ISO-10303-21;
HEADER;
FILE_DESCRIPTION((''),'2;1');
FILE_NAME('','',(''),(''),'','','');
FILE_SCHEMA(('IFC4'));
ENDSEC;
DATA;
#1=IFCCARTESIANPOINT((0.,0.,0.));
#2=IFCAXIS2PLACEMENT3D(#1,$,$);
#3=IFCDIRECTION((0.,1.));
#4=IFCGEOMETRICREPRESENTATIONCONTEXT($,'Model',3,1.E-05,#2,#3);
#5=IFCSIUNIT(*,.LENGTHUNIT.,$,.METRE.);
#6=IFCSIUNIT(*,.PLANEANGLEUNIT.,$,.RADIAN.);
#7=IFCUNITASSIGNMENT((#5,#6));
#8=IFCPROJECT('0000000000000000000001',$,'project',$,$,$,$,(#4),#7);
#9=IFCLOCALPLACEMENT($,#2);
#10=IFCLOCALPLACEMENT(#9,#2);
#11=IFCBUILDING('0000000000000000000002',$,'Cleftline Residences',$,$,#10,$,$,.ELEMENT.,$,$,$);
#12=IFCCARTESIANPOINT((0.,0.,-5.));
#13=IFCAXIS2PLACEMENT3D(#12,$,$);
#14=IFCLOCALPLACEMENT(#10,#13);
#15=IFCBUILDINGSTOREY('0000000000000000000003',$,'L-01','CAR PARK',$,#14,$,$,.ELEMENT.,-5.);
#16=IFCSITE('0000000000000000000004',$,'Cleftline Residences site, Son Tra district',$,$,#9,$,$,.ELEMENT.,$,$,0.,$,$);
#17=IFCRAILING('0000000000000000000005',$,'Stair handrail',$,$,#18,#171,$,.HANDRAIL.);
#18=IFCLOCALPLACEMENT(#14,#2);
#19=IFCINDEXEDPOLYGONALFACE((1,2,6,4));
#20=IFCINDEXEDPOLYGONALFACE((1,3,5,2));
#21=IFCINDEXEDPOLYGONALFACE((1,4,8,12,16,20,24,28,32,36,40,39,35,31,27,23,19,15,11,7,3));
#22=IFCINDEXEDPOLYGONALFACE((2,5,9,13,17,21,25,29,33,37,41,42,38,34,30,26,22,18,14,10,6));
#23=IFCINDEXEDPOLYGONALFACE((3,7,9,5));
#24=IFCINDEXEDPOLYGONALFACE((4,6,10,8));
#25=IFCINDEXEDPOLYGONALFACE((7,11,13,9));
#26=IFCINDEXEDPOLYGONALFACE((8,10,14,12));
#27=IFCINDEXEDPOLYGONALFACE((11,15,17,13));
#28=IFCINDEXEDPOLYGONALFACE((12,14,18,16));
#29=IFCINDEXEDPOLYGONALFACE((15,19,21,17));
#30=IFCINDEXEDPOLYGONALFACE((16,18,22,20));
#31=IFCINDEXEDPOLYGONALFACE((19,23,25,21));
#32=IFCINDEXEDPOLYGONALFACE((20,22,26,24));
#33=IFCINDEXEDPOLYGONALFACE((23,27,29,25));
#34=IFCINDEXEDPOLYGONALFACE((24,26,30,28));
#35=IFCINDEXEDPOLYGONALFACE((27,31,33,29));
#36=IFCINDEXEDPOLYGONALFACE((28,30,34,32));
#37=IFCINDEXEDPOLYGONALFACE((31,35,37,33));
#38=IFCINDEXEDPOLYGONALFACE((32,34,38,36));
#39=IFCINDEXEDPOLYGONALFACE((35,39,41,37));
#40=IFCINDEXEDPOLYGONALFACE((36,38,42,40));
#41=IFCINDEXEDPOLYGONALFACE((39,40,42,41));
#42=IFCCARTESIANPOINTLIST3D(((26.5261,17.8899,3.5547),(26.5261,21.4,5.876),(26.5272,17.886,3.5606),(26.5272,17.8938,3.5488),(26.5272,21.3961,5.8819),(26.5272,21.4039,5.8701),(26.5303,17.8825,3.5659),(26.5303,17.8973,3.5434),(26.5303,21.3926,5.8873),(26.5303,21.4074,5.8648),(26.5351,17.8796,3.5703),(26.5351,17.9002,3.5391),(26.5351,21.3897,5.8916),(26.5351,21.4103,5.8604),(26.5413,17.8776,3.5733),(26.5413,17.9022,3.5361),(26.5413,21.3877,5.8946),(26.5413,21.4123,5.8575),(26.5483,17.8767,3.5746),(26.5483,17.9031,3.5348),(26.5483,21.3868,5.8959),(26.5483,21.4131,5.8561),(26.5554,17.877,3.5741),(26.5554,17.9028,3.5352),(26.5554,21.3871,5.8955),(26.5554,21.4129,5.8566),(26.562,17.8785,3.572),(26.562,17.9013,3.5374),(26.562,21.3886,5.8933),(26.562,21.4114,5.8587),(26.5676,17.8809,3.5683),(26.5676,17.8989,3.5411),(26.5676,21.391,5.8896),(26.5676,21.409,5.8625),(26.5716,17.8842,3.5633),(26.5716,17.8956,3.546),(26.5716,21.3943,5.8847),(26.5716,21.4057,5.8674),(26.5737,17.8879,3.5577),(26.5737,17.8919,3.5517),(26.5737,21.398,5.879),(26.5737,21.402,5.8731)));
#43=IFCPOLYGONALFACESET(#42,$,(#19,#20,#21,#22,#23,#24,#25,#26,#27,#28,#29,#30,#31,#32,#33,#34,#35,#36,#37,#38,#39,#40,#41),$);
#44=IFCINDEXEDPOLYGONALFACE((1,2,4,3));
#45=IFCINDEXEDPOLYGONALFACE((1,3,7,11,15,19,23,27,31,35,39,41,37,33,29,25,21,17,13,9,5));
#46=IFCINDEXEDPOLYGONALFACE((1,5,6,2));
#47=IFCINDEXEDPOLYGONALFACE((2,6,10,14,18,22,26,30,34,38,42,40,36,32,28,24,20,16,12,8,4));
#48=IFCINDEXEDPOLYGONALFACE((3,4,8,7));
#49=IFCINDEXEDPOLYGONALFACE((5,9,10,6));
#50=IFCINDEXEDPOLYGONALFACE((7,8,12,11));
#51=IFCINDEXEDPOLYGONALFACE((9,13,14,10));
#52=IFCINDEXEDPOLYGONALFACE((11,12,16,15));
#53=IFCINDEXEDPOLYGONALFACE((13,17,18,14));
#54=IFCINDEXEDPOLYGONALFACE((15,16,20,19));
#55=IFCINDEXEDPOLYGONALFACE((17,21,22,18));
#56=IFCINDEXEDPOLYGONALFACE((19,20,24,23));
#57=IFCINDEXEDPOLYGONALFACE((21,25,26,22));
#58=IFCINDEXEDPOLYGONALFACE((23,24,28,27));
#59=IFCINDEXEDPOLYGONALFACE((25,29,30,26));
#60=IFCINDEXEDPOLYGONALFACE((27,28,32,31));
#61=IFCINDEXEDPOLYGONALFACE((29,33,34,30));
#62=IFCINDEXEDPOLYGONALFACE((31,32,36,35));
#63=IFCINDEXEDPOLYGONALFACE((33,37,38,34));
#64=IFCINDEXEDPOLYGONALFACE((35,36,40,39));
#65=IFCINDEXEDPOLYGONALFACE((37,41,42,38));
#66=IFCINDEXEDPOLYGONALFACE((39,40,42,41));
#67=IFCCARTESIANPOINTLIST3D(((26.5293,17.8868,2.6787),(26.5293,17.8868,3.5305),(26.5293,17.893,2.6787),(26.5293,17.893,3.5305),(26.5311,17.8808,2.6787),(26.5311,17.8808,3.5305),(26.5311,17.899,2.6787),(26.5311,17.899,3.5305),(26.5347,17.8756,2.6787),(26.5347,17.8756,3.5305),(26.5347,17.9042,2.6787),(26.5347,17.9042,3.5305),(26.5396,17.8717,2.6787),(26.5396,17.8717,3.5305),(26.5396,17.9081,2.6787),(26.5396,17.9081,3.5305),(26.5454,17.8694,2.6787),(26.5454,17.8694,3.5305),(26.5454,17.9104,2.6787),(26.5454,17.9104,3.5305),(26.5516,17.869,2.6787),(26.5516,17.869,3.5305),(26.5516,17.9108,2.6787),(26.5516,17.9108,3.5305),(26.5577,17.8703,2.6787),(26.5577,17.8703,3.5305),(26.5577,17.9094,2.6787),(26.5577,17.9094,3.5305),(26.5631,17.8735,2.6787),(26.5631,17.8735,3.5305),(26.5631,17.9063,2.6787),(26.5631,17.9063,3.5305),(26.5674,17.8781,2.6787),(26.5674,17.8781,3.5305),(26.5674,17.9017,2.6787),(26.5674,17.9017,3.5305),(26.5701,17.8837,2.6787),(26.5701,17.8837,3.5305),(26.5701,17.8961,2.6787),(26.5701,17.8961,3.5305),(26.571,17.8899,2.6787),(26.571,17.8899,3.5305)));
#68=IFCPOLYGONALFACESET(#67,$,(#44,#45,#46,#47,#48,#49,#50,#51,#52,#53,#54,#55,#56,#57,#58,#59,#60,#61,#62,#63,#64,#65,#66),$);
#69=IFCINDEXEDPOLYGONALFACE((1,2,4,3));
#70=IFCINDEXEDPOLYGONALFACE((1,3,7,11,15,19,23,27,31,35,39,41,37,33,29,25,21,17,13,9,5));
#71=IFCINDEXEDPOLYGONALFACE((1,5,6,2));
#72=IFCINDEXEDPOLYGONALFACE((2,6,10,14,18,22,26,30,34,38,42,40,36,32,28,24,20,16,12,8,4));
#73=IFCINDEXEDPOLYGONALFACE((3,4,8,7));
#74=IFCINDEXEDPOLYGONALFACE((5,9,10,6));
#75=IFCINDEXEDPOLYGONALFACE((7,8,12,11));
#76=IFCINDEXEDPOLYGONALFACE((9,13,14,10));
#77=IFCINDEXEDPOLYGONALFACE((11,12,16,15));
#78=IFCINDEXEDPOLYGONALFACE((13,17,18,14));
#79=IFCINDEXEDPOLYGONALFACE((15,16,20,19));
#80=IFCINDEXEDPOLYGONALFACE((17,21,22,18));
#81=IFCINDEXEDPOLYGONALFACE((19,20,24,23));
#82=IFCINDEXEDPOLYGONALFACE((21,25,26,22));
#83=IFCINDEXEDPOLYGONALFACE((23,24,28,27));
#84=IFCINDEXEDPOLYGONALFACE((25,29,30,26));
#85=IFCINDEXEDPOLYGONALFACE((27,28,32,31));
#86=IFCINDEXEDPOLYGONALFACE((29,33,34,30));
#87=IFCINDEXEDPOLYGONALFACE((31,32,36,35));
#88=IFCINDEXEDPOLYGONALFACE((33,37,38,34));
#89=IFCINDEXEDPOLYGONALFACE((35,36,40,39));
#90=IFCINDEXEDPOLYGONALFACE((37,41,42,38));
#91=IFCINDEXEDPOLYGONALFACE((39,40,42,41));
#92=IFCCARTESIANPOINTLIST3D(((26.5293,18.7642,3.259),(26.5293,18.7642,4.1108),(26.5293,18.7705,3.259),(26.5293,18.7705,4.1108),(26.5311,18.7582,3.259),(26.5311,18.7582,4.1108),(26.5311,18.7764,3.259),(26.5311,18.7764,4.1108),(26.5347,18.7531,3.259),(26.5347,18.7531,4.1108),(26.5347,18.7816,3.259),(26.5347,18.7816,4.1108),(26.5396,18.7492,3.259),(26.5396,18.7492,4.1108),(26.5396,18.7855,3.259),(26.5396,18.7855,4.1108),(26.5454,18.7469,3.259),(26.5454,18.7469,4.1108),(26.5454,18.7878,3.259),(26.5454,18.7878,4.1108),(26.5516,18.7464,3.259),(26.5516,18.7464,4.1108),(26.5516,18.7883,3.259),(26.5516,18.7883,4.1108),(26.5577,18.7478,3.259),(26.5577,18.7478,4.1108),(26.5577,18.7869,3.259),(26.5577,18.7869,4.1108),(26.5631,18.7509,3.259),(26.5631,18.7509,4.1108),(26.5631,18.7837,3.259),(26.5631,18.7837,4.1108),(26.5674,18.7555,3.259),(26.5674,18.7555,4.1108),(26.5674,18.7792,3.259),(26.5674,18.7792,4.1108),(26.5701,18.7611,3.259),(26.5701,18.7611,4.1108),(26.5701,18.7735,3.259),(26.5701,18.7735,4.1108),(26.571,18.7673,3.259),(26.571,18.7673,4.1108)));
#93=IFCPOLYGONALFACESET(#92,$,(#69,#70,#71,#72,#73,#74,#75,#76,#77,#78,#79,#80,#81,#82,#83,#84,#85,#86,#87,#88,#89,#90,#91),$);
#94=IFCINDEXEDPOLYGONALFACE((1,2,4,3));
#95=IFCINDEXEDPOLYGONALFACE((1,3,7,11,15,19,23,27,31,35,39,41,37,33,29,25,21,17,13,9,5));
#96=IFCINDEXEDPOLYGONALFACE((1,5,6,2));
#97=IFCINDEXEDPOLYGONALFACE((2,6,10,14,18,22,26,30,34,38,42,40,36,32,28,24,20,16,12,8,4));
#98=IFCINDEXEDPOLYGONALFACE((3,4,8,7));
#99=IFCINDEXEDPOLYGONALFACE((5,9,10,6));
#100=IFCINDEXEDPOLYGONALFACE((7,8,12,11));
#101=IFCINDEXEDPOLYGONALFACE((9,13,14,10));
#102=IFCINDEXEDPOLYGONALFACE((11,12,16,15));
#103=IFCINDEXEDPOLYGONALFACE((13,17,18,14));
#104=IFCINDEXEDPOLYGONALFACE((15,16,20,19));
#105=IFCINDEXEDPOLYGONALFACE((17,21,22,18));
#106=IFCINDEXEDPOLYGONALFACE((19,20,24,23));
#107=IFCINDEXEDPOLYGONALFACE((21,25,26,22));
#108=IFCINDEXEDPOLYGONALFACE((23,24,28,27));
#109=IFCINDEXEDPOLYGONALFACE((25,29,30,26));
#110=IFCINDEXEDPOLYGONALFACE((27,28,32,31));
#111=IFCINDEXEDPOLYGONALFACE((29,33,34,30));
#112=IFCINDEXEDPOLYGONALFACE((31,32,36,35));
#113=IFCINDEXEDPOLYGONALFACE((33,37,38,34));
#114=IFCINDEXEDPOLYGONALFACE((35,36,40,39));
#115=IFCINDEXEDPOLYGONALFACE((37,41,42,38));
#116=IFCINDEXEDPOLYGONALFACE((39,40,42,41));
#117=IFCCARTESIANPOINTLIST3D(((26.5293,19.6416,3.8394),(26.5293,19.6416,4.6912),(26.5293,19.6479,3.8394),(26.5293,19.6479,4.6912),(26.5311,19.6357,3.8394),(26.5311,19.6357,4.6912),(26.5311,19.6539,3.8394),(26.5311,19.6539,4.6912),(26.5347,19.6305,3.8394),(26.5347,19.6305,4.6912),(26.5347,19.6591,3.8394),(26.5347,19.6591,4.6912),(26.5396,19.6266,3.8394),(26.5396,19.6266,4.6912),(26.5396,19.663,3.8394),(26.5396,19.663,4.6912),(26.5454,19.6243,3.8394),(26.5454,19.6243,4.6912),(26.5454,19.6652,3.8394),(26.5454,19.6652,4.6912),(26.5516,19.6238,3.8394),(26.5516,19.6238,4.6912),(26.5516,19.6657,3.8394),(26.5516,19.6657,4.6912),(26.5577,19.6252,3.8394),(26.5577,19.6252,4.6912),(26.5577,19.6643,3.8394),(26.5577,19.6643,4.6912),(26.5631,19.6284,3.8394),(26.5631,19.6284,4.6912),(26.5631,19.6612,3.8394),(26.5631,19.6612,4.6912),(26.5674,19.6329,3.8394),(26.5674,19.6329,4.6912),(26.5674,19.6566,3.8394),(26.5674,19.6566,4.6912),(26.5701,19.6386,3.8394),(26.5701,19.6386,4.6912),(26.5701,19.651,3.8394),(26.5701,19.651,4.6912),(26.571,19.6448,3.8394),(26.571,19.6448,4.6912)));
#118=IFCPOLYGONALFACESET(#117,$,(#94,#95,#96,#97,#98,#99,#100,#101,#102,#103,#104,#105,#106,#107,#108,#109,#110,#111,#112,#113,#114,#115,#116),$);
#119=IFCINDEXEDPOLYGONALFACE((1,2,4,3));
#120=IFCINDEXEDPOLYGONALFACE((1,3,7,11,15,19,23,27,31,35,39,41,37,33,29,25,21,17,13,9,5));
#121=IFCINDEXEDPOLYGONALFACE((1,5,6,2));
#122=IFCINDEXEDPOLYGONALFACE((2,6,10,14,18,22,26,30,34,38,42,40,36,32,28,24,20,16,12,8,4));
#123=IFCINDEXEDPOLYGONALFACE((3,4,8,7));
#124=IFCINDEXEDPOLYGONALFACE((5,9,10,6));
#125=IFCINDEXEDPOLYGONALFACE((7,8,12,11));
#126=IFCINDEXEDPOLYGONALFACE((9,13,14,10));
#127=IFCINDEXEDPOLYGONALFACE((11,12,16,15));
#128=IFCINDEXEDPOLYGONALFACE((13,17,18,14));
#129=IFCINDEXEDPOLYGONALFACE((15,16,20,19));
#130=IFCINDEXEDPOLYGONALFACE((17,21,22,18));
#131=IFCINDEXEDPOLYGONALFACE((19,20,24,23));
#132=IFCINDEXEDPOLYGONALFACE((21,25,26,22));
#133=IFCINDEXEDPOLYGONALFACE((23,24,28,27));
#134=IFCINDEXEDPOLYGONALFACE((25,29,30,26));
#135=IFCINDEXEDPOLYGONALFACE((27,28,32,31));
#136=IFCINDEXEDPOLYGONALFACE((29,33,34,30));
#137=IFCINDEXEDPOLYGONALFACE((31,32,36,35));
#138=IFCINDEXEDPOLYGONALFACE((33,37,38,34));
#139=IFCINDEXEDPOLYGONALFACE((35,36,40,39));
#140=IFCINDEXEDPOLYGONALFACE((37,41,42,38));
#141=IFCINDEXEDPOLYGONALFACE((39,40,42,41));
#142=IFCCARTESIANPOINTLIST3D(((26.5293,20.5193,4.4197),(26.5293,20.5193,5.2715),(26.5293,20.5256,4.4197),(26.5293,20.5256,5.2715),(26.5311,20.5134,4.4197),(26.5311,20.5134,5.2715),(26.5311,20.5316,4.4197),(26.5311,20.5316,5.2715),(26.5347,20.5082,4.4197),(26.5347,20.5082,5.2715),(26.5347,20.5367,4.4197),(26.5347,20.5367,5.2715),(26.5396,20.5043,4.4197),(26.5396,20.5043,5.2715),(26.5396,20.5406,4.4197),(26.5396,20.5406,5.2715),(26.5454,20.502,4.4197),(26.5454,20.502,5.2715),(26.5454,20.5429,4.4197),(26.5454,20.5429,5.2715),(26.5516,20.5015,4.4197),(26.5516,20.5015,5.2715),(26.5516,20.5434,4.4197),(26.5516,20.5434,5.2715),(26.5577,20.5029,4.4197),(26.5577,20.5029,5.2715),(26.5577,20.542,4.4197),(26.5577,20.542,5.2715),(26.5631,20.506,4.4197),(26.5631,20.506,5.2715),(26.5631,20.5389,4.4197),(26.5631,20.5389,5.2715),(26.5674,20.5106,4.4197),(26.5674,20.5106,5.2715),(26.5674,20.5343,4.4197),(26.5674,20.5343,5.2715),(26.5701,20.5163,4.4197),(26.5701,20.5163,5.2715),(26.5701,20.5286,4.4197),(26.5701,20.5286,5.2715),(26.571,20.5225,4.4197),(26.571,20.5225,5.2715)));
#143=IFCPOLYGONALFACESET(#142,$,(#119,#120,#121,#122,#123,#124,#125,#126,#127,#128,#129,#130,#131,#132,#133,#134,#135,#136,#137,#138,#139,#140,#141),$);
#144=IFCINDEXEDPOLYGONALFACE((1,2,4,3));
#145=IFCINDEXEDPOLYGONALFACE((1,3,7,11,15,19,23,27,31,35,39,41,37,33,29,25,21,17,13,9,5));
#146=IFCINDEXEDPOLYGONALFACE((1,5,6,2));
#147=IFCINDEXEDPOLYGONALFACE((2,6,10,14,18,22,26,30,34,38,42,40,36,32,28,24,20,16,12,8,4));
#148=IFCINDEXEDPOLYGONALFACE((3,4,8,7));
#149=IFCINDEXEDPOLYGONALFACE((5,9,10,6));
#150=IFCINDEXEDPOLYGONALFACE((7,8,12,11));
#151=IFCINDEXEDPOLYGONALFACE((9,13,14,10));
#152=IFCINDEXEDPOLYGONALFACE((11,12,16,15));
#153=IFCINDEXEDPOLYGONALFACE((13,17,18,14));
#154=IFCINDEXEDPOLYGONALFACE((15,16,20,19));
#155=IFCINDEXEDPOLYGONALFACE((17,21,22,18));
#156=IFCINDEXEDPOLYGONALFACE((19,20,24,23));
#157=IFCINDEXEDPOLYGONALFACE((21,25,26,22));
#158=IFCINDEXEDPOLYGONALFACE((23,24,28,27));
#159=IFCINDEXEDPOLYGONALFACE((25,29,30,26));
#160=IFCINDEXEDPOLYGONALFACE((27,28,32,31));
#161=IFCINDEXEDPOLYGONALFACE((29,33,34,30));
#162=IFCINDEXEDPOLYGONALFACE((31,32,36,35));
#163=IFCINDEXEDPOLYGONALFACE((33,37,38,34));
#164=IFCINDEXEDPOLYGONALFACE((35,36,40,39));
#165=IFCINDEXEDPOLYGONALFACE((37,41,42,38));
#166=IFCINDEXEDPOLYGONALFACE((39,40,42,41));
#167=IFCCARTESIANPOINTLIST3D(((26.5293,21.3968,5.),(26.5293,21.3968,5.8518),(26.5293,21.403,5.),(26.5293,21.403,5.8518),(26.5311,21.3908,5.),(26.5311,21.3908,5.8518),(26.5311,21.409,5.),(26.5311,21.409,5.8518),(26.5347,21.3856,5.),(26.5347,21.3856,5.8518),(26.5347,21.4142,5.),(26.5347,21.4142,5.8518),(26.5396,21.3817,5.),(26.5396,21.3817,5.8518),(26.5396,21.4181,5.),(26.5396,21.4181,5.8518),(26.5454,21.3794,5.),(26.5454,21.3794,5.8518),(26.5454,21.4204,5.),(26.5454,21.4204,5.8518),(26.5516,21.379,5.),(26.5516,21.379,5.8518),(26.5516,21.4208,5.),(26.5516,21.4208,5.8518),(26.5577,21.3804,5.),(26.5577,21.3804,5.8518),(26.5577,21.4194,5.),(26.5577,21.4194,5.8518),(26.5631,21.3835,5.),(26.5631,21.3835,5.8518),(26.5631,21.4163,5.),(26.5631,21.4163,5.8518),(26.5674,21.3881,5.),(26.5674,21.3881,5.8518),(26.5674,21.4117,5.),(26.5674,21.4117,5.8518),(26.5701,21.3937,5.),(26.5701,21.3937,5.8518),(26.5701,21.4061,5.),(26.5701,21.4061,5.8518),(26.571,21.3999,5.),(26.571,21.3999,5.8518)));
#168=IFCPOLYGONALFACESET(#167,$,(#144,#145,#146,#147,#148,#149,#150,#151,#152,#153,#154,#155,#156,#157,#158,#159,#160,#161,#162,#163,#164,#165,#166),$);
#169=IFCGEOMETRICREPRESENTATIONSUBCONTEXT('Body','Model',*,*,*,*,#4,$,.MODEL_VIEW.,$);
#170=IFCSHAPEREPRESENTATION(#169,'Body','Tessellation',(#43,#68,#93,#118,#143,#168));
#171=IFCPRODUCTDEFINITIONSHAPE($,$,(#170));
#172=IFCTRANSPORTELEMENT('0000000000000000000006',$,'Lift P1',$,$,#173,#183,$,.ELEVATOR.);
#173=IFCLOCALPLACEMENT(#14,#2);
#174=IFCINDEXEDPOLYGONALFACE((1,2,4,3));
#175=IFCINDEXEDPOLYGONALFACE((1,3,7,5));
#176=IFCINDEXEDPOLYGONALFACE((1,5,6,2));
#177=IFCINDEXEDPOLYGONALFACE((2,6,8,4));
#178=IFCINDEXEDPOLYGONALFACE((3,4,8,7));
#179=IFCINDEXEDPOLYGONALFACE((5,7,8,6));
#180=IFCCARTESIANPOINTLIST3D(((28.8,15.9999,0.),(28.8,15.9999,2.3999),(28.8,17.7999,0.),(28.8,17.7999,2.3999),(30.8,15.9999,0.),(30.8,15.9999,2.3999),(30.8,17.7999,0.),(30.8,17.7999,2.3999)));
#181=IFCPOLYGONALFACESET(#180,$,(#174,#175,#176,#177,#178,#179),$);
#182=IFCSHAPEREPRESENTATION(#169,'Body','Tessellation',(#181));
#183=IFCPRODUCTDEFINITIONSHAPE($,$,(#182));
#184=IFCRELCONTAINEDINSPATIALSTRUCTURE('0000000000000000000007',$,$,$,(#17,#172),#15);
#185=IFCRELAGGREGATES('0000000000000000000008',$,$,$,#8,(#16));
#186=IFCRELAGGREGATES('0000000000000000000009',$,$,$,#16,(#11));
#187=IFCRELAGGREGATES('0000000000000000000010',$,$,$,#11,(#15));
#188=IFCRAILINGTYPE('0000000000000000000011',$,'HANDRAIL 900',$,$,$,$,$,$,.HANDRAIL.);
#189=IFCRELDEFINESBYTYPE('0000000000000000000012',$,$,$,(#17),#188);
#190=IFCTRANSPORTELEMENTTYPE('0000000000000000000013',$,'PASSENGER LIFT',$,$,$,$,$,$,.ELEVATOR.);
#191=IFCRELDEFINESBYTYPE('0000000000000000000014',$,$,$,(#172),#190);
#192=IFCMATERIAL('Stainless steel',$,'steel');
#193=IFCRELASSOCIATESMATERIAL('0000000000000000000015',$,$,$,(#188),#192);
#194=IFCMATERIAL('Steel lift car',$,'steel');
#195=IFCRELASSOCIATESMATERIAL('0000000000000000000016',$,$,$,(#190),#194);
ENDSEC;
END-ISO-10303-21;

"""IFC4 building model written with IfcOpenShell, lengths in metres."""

from ifc_helpers import new_model, si_unit, direction, frame, origin, origin_2d, place, context, subcontext, project, spatial, rectangle, circle, extrude, material, type_object, element, save


model = new_model("IFC4")

# Units and contexts
model_context = context("Model", 3, precision=1e-05, world=origin(), true_north=direction((0.0, 1.0)))
body_context = subcontext(model_context, "Body", "Model", "MODEL_VIEW")
ifc_project = project(units=[si_unit("LENGTHUNIT", "METRE"), si_unit("PLANEANGLEUNIT", "RADIAN")], contexts=[model_context])

# Site, building, storey
site_placement = place(None, origin())
site = spatial("IfcSite", under=ifc_project, at=site_placement, Name="Cleftline Residences site, Son Tra district", CompositionType="ELEMENT", RefElevation=0.0)
building_placement = place(site_placement, origin())
building = spatial("IfcBuilding", under=site, at=building_placement, Name="Cleftline Residences", CompositionType="ELEMENT")
storey_placement = place(building_placement, frame((0.0, 0.0, -5.0)))
storey = spatial("IfcBuildingStorey", under=building, at=storey_placement, Name="L-01", Description="CAR PARK", CompositionType="ELEMENT", Elevation=-5.0)

# Railing
ifc_material_1 = material(Name="Stainless steel", Category="steel")
railing_type = type_object("IfcRailingType", Name="HANDRAIL 900", PredefinedType="HANDRAIL", material=ifc_material_1)
railing_1_placement = place(storey_placement, frame((26.55, 17.8899, 2.6787)))
element("IfcRailing", 1, at=railing_1_placement, inside=storey, type_object=railing_type, Name="Stair handrail", PredefinedType="HANDRAIL", context=body_context, shape_type="SweptSolid", body=[
    extrude(circle(Radius=0.0239, at=origin_2d()), frame((0.0, 0.0, 0.876), z_axis=(0.0, 0.834097, 0.551617), x_axis=(-1.0, 0.0, 0.0)), (0.0, 0.0, 1.0), 4.2083),
    extrude(circle(Radius=0.021, at=origin_2d()), origin(), (0.0, 0.0, 1.0), 0.8518),
    extrude(circle(Radius=0.021, at=origin_2d()), frame((0.0, 0.8774, 0.5803)), (0.0, 0.0, 1.0), 0.8518),
    extrude(circle(Radius=0.021, at=origin_2d()), frame((0.0, 1.7549, 1.1606)), (0.0, 0.0, 1.0), 0.8518),
    extrude(circle(Radius=0.021, at=origin_2d()), frame((0.0, 2.6326, 1.741)), (0.0, 0.0, 1.0), 0.8518),
    extrude(circle(Radius=0.021, at=origin_2d()), frame((0.0, 3.51, 2.3213)), (0.0, 0.0, 1.0), 0.8518),
])

# Transport element
ifc_material_2 = material(Name="Steel lift car", Category="steel")
transport_element_type = type_object("IfcTransportElementType", Name="PASSENGER LIFT", PredefinedType="ELEVATOR", material=ifc_material_2)
transport_element_placement = place(storey_placement, frame((29.8, 16.8999, 0.0), z_axis=(0.0, 0.0, 1.0), x_axis=(1.0, 0.0, 0.0)))
element("IfcTransportElement", 2, at=transport_element_placement, inside=storey, type_object=transport_element_type, Name="Lift P1", PredefinedType="ELEVATOR", context=body_context, shape_type="SweptSolid", body=[
    extrude(rectangle(XDim=2.0, YDim=1.8, at=origin_2d()), origin(), (0.0, 0.0, 1.0), 2.3999),
])

save(model, "model.ifc")
